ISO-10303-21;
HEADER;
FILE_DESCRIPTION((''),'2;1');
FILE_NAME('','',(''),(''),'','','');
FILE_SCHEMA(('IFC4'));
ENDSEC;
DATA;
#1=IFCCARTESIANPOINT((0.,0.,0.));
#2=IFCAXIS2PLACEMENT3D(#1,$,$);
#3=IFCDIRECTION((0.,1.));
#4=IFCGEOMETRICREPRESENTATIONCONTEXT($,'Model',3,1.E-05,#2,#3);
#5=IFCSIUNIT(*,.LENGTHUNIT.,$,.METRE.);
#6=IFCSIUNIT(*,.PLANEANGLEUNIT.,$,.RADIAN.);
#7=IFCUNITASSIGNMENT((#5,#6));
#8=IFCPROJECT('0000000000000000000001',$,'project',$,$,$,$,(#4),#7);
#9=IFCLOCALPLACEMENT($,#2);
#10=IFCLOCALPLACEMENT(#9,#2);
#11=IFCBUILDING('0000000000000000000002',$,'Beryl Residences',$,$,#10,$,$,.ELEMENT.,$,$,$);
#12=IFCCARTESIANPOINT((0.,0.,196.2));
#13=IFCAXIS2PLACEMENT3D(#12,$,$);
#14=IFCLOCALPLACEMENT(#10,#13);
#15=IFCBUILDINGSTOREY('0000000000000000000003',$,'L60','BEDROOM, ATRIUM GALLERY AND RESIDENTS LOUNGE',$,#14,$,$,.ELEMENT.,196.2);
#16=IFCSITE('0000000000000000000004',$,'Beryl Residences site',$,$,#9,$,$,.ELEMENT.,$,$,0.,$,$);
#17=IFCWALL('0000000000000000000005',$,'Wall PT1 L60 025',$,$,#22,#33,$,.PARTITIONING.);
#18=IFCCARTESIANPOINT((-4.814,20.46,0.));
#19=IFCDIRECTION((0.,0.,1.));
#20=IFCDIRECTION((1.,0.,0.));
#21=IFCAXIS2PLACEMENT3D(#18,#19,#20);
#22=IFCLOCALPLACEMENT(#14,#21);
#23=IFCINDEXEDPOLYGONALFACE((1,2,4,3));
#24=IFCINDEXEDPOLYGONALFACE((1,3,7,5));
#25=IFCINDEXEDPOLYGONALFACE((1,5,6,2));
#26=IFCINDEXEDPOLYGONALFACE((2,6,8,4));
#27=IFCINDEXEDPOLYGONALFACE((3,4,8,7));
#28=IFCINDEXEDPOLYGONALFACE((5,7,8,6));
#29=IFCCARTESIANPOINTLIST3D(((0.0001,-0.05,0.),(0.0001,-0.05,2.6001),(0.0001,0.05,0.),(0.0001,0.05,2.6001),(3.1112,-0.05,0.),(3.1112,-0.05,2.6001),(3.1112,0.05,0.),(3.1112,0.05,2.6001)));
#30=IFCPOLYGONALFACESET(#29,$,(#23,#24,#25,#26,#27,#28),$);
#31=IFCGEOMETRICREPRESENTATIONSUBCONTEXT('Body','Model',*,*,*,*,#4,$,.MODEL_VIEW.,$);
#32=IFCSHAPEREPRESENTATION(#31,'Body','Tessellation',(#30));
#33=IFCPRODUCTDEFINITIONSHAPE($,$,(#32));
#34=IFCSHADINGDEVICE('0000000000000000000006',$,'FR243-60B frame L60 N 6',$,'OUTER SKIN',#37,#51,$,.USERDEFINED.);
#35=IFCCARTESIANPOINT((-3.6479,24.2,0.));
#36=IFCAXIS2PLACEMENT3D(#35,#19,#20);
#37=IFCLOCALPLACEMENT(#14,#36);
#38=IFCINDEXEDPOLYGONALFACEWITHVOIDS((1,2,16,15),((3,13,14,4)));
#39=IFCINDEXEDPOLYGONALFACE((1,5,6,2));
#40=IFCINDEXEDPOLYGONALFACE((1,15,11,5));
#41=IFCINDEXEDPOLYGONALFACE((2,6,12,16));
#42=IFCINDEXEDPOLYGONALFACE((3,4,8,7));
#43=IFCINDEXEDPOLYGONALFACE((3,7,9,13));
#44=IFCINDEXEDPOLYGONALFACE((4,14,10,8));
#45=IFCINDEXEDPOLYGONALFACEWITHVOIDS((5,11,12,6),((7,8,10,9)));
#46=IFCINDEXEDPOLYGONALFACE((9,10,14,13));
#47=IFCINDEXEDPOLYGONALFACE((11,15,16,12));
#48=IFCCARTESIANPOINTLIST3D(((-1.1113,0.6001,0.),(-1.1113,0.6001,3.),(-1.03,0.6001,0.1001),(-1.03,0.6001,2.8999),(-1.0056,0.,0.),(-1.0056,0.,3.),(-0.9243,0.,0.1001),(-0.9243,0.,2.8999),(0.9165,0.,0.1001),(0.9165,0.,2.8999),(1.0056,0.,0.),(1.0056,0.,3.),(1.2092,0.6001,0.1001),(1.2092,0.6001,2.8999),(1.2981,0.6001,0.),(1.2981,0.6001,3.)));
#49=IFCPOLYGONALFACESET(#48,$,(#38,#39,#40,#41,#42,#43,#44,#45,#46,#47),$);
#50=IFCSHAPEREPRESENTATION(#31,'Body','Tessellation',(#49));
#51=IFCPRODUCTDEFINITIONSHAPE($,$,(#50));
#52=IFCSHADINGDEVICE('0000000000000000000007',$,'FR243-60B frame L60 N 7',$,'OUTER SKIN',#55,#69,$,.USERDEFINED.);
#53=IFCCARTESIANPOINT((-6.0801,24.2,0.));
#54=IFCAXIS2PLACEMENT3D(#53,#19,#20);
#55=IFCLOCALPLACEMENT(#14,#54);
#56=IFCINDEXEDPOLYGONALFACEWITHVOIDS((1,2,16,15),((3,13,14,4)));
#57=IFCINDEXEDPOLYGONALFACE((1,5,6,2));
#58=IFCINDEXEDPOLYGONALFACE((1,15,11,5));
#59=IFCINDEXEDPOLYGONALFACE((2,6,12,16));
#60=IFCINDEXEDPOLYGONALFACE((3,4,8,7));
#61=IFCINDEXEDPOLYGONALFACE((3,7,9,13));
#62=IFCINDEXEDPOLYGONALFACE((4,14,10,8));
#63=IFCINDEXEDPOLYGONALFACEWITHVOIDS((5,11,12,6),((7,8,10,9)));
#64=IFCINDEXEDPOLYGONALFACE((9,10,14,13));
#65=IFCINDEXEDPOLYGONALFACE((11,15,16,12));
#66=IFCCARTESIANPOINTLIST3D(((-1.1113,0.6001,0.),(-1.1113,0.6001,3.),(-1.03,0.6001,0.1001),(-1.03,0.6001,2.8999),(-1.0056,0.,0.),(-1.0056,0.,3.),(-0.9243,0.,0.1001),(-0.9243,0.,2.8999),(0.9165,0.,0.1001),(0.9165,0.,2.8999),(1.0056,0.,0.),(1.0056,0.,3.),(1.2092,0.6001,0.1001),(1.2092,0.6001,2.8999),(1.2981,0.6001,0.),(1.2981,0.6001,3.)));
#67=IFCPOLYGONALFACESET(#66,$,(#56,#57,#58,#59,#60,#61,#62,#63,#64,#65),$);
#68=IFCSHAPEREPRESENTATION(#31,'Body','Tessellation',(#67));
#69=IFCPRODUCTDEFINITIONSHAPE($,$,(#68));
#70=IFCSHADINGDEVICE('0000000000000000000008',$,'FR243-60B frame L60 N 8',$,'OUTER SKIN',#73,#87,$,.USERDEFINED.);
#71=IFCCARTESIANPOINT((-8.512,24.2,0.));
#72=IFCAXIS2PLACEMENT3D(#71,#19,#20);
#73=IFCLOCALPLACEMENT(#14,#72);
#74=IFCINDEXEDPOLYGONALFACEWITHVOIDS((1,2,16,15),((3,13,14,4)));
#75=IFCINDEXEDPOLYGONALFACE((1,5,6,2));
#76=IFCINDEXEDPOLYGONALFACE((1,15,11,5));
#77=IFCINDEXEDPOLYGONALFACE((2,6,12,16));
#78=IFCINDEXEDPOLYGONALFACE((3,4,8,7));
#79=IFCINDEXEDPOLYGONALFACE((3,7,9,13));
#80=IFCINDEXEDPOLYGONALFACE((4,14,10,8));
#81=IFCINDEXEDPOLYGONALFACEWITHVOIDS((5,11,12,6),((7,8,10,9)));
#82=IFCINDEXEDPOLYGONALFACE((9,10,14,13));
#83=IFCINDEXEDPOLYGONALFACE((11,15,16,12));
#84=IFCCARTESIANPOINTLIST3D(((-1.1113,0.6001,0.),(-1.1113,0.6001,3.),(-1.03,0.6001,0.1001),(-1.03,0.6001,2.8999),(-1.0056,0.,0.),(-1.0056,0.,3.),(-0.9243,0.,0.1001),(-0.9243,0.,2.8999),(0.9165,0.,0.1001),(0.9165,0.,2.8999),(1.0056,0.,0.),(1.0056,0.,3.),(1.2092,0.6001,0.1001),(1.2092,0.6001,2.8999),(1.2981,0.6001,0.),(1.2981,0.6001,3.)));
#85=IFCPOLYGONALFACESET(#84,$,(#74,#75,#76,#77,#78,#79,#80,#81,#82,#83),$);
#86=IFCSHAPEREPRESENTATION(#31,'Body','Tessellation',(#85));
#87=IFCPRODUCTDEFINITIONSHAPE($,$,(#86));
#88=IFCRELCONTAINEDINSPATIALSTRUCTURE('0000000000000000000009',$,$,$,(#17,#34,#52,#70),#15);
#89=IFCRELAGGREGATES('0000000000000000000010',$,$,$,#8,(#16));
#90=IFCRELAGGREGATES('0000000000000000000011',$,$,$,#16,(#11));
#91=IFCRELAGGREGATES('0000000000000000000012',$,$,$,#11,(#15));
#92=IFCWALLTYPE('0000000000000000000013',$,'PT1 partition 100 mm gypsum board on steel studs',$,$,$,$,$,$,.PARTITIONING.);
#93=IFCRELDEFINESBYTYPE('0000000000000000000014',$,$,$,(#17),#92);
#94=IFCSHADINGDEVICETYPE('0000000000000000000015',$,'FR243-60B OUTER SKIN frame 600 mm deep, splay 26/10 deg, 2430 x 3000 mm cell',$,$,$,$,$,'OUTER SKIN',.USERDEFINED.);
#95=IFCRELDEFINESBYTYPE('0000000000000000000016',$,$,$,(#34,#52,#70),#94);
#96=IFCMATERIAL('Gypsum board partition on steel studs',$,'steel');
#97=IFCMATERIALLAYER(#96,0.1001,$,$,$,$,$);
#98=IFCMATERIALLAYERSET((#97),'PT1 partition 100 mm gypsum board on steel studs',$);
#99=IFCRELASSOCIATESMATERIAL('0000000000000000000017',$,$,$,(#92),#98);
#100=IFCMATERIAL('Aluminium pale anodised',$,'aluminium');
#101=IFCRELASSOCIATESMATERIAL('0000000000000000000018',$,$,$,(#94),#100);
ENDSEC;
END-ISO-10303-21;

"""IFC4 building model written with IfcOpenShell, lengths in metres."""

from ifc_helpers import new_model, entity, si_unit, direction, frame, frame_2d, origin, place, context, subcontext, project, spatial, rectangle, extrude, source, transform, mapped, material, layer, layer_set, type_object, type_shapes, element, save


model = new_model("IFC4")

# Units and contexts
model_context = context("Model", 3, precision=1e-05, world=origin(), true_north=direction((0.0, 1.0)))
body_context = subcontext(model_context, "Body", "Model", "MODEL_VIEW")
ifc_project = project(units=[si_unit("LENGTHUNIT", "METRE"), si_unit("PLANEANGLEUNIT", "RADIAN")], contexts=[model_context])

# Site, building, storey
site_placement = place(None, origin())
site = spatial("IfcSite", under=ifc_project, at=site_placement, Name="Beryl Residences site", CompositionType="ELEMENT", RefElevation=0.0)
building_placement = place(site_placement, origin())
building = spatial("IfcBuilding", under=site, at=building_placement, Name="Beryl Residences", CompositionType="ELEMENT")
storey_placement = place(building_placement, frame((0.0, 0.0, 196.2)))
storey = spatial("IfcBuildingStorey", under=building, at=storey_placement, Name="L60", Description="BEDROOM, ATRIUM GALLERY AND RESIDENTS LOUNGE", CompositionType="ELEMENT", Elevation=196.2)

# Shared definitions
ifc_material_1 = material(Name="Gypsum board partition on steel studs", Category="steel")
ifc_layer_1 = layer(ifc_material_1, 0.1001)
ifc_layer_set_1 = layer_set([ifc_layer_1], Name="PT1 partition 100 mm gypsum board on steel studs")
wall_type_1 = type_object("IfcWallType", Name="PT1 partition 100 mm gypsum board on steel studs", PredefinedType="PARTITIONING", material=ifc_layer_set_1)

# Wall
wall_1_placement = place(storey_placement, frame((-4.814, 20.46, 0.0), z_axis=(0.0, 0.0, 1.0), x_axis=(1.0, 0.0, 0.0)))
element("IfcWall", 1, at=wall_1_placement, inside=storey, type_object=wall_type_1, Name="Wall PT1 L60 025", PredefinedType="PARTITIONING", context=body_context, shape_type="SweptSolid", body=[
    extrude(rectangle(XDim=3.1111, YDim=0.1001, at=frame_2d((1.5557, 0.0))), origin(), (0.0, 0.0, 1.0), 2.6001),
])

# Shading devices
ifc_material_2 = material(Name="Aluminium pale anodised", Category="aluminium")
shading_device_type = type_object("IfcShadingDeviceType", Name="FR243-60B OUTER SKIN frame 600 mm deep, splay 26/10 deg, 2430 x 3000 mm cell", ElementType="OUTER SKIN", PredefinedType="USERDEFINED", material=ifc_material_2)
cartesian_point_1 = entity("IfcCartesianPoint", [-1.0056, 0.0])
cartesian_point_2 = entity("IfcCartesianPoint", [-0.9165, 0.1001])
cartesian_point_3 = entity("IfcCartesianPoint", [-1.2981, 0.0])
cartesian_point_4 = entity("IfcCartesianPoint", [-1.2092, 0.1001])
shared_shape_1 = source(origin(), body_context, "Body", "SweptSolid", [
    entity("IfcExtrudedAreaSolidTapered", entity("IfcArbitraryProfileDefWithVoids", "AREA", None, entity("IfcPolyline", [cartesian_point_1, entity("IfcCartesianPoint", [1.0056, 0.0]), entity("IfcCartesianPoint", [1.0056, 3.0]), entity("IfcCartesianPoint", [-1.0056, 3.0]), cartesian_point_1]), [entity("IfcPolyline", [cartesian_point_2, entity("IfcCartesianPoint", [0.9243, 0.1001]), entity("IfcCartesianPoint", [0.9243, 2.8999]), entity("IfcCartesianPoint", [-0.9165, 2.8999]), cartesian_point_2])]), entity("IfcAxis2Placement3D", entity("IfcCartesianPoint", [0.0, 0.0, 0.0]), entity("IfcDirection", [0.0, 1.0, 0.0]), entity("IfcDirection", [-1.0, 0.0, 0.0])), entity("IfcDirection", [0.0, 0.0, 1.0]), 0.6001, entity("IfcArbitraryProfileDefWithVoids", "AREA", None, entity("IfcPolyline", [cartesian_point_3, entity("IfcCartesianPoint", [1.1113, 0.0]), entity("IfcCartesianPoint", [1.1113, 3.0]), entity("IfcCartesianPoint", [-1.2981, 3.0]), cartesian_point_3]), [entity("IfcPolyline", [cartesian_point_4, entity("IfcCartesianPoint", [1.03, 0.1001]), entity("IfcCartesianPoint", [1.03, 2.8999]), entity("IfcCartesianPoint", [-1.2092, 2.8999]), cartesian_point_4])])),
])
type_shapes(shading_device_type, [shared_shape_1])
for number, where, z_axis, x_axis, name in (
    (2, (-3.6479, 24.2, 0.0), (0.0, 0.0, 1.0), (1.0, 0.0, 0.0), "FR243-60B frame L60 N 6"),
    (3, (-6.0801, 24.2, 0.0), (0.0, 0.0, 1.0), (1.0, 0.0, 0.0), "FR243-60B frame L60 N 7"),
    (4, (-8.512, 24.2, 0.0), (0.0, 0.0, 1.0), (1.0, 0.0, 0.0), "FR243-60B frame L60 N 8"),
):
    element("IfcShadingDevice", number, at=place(storey_placement, frame(where, z_axis=z_axis, x_axis=x_axis)), inside=storey, type_object=shading_device_type, Name=name, ObjectType="OUTER SKIN", PredefinedType="USERDEFINED", context=body_context, shape_type="MappedRepresentation", body=[
        mapped(shared_shape_1, transform((0.0, 0.0, 0.0))),
    ])

save(model, "model.ifc")
